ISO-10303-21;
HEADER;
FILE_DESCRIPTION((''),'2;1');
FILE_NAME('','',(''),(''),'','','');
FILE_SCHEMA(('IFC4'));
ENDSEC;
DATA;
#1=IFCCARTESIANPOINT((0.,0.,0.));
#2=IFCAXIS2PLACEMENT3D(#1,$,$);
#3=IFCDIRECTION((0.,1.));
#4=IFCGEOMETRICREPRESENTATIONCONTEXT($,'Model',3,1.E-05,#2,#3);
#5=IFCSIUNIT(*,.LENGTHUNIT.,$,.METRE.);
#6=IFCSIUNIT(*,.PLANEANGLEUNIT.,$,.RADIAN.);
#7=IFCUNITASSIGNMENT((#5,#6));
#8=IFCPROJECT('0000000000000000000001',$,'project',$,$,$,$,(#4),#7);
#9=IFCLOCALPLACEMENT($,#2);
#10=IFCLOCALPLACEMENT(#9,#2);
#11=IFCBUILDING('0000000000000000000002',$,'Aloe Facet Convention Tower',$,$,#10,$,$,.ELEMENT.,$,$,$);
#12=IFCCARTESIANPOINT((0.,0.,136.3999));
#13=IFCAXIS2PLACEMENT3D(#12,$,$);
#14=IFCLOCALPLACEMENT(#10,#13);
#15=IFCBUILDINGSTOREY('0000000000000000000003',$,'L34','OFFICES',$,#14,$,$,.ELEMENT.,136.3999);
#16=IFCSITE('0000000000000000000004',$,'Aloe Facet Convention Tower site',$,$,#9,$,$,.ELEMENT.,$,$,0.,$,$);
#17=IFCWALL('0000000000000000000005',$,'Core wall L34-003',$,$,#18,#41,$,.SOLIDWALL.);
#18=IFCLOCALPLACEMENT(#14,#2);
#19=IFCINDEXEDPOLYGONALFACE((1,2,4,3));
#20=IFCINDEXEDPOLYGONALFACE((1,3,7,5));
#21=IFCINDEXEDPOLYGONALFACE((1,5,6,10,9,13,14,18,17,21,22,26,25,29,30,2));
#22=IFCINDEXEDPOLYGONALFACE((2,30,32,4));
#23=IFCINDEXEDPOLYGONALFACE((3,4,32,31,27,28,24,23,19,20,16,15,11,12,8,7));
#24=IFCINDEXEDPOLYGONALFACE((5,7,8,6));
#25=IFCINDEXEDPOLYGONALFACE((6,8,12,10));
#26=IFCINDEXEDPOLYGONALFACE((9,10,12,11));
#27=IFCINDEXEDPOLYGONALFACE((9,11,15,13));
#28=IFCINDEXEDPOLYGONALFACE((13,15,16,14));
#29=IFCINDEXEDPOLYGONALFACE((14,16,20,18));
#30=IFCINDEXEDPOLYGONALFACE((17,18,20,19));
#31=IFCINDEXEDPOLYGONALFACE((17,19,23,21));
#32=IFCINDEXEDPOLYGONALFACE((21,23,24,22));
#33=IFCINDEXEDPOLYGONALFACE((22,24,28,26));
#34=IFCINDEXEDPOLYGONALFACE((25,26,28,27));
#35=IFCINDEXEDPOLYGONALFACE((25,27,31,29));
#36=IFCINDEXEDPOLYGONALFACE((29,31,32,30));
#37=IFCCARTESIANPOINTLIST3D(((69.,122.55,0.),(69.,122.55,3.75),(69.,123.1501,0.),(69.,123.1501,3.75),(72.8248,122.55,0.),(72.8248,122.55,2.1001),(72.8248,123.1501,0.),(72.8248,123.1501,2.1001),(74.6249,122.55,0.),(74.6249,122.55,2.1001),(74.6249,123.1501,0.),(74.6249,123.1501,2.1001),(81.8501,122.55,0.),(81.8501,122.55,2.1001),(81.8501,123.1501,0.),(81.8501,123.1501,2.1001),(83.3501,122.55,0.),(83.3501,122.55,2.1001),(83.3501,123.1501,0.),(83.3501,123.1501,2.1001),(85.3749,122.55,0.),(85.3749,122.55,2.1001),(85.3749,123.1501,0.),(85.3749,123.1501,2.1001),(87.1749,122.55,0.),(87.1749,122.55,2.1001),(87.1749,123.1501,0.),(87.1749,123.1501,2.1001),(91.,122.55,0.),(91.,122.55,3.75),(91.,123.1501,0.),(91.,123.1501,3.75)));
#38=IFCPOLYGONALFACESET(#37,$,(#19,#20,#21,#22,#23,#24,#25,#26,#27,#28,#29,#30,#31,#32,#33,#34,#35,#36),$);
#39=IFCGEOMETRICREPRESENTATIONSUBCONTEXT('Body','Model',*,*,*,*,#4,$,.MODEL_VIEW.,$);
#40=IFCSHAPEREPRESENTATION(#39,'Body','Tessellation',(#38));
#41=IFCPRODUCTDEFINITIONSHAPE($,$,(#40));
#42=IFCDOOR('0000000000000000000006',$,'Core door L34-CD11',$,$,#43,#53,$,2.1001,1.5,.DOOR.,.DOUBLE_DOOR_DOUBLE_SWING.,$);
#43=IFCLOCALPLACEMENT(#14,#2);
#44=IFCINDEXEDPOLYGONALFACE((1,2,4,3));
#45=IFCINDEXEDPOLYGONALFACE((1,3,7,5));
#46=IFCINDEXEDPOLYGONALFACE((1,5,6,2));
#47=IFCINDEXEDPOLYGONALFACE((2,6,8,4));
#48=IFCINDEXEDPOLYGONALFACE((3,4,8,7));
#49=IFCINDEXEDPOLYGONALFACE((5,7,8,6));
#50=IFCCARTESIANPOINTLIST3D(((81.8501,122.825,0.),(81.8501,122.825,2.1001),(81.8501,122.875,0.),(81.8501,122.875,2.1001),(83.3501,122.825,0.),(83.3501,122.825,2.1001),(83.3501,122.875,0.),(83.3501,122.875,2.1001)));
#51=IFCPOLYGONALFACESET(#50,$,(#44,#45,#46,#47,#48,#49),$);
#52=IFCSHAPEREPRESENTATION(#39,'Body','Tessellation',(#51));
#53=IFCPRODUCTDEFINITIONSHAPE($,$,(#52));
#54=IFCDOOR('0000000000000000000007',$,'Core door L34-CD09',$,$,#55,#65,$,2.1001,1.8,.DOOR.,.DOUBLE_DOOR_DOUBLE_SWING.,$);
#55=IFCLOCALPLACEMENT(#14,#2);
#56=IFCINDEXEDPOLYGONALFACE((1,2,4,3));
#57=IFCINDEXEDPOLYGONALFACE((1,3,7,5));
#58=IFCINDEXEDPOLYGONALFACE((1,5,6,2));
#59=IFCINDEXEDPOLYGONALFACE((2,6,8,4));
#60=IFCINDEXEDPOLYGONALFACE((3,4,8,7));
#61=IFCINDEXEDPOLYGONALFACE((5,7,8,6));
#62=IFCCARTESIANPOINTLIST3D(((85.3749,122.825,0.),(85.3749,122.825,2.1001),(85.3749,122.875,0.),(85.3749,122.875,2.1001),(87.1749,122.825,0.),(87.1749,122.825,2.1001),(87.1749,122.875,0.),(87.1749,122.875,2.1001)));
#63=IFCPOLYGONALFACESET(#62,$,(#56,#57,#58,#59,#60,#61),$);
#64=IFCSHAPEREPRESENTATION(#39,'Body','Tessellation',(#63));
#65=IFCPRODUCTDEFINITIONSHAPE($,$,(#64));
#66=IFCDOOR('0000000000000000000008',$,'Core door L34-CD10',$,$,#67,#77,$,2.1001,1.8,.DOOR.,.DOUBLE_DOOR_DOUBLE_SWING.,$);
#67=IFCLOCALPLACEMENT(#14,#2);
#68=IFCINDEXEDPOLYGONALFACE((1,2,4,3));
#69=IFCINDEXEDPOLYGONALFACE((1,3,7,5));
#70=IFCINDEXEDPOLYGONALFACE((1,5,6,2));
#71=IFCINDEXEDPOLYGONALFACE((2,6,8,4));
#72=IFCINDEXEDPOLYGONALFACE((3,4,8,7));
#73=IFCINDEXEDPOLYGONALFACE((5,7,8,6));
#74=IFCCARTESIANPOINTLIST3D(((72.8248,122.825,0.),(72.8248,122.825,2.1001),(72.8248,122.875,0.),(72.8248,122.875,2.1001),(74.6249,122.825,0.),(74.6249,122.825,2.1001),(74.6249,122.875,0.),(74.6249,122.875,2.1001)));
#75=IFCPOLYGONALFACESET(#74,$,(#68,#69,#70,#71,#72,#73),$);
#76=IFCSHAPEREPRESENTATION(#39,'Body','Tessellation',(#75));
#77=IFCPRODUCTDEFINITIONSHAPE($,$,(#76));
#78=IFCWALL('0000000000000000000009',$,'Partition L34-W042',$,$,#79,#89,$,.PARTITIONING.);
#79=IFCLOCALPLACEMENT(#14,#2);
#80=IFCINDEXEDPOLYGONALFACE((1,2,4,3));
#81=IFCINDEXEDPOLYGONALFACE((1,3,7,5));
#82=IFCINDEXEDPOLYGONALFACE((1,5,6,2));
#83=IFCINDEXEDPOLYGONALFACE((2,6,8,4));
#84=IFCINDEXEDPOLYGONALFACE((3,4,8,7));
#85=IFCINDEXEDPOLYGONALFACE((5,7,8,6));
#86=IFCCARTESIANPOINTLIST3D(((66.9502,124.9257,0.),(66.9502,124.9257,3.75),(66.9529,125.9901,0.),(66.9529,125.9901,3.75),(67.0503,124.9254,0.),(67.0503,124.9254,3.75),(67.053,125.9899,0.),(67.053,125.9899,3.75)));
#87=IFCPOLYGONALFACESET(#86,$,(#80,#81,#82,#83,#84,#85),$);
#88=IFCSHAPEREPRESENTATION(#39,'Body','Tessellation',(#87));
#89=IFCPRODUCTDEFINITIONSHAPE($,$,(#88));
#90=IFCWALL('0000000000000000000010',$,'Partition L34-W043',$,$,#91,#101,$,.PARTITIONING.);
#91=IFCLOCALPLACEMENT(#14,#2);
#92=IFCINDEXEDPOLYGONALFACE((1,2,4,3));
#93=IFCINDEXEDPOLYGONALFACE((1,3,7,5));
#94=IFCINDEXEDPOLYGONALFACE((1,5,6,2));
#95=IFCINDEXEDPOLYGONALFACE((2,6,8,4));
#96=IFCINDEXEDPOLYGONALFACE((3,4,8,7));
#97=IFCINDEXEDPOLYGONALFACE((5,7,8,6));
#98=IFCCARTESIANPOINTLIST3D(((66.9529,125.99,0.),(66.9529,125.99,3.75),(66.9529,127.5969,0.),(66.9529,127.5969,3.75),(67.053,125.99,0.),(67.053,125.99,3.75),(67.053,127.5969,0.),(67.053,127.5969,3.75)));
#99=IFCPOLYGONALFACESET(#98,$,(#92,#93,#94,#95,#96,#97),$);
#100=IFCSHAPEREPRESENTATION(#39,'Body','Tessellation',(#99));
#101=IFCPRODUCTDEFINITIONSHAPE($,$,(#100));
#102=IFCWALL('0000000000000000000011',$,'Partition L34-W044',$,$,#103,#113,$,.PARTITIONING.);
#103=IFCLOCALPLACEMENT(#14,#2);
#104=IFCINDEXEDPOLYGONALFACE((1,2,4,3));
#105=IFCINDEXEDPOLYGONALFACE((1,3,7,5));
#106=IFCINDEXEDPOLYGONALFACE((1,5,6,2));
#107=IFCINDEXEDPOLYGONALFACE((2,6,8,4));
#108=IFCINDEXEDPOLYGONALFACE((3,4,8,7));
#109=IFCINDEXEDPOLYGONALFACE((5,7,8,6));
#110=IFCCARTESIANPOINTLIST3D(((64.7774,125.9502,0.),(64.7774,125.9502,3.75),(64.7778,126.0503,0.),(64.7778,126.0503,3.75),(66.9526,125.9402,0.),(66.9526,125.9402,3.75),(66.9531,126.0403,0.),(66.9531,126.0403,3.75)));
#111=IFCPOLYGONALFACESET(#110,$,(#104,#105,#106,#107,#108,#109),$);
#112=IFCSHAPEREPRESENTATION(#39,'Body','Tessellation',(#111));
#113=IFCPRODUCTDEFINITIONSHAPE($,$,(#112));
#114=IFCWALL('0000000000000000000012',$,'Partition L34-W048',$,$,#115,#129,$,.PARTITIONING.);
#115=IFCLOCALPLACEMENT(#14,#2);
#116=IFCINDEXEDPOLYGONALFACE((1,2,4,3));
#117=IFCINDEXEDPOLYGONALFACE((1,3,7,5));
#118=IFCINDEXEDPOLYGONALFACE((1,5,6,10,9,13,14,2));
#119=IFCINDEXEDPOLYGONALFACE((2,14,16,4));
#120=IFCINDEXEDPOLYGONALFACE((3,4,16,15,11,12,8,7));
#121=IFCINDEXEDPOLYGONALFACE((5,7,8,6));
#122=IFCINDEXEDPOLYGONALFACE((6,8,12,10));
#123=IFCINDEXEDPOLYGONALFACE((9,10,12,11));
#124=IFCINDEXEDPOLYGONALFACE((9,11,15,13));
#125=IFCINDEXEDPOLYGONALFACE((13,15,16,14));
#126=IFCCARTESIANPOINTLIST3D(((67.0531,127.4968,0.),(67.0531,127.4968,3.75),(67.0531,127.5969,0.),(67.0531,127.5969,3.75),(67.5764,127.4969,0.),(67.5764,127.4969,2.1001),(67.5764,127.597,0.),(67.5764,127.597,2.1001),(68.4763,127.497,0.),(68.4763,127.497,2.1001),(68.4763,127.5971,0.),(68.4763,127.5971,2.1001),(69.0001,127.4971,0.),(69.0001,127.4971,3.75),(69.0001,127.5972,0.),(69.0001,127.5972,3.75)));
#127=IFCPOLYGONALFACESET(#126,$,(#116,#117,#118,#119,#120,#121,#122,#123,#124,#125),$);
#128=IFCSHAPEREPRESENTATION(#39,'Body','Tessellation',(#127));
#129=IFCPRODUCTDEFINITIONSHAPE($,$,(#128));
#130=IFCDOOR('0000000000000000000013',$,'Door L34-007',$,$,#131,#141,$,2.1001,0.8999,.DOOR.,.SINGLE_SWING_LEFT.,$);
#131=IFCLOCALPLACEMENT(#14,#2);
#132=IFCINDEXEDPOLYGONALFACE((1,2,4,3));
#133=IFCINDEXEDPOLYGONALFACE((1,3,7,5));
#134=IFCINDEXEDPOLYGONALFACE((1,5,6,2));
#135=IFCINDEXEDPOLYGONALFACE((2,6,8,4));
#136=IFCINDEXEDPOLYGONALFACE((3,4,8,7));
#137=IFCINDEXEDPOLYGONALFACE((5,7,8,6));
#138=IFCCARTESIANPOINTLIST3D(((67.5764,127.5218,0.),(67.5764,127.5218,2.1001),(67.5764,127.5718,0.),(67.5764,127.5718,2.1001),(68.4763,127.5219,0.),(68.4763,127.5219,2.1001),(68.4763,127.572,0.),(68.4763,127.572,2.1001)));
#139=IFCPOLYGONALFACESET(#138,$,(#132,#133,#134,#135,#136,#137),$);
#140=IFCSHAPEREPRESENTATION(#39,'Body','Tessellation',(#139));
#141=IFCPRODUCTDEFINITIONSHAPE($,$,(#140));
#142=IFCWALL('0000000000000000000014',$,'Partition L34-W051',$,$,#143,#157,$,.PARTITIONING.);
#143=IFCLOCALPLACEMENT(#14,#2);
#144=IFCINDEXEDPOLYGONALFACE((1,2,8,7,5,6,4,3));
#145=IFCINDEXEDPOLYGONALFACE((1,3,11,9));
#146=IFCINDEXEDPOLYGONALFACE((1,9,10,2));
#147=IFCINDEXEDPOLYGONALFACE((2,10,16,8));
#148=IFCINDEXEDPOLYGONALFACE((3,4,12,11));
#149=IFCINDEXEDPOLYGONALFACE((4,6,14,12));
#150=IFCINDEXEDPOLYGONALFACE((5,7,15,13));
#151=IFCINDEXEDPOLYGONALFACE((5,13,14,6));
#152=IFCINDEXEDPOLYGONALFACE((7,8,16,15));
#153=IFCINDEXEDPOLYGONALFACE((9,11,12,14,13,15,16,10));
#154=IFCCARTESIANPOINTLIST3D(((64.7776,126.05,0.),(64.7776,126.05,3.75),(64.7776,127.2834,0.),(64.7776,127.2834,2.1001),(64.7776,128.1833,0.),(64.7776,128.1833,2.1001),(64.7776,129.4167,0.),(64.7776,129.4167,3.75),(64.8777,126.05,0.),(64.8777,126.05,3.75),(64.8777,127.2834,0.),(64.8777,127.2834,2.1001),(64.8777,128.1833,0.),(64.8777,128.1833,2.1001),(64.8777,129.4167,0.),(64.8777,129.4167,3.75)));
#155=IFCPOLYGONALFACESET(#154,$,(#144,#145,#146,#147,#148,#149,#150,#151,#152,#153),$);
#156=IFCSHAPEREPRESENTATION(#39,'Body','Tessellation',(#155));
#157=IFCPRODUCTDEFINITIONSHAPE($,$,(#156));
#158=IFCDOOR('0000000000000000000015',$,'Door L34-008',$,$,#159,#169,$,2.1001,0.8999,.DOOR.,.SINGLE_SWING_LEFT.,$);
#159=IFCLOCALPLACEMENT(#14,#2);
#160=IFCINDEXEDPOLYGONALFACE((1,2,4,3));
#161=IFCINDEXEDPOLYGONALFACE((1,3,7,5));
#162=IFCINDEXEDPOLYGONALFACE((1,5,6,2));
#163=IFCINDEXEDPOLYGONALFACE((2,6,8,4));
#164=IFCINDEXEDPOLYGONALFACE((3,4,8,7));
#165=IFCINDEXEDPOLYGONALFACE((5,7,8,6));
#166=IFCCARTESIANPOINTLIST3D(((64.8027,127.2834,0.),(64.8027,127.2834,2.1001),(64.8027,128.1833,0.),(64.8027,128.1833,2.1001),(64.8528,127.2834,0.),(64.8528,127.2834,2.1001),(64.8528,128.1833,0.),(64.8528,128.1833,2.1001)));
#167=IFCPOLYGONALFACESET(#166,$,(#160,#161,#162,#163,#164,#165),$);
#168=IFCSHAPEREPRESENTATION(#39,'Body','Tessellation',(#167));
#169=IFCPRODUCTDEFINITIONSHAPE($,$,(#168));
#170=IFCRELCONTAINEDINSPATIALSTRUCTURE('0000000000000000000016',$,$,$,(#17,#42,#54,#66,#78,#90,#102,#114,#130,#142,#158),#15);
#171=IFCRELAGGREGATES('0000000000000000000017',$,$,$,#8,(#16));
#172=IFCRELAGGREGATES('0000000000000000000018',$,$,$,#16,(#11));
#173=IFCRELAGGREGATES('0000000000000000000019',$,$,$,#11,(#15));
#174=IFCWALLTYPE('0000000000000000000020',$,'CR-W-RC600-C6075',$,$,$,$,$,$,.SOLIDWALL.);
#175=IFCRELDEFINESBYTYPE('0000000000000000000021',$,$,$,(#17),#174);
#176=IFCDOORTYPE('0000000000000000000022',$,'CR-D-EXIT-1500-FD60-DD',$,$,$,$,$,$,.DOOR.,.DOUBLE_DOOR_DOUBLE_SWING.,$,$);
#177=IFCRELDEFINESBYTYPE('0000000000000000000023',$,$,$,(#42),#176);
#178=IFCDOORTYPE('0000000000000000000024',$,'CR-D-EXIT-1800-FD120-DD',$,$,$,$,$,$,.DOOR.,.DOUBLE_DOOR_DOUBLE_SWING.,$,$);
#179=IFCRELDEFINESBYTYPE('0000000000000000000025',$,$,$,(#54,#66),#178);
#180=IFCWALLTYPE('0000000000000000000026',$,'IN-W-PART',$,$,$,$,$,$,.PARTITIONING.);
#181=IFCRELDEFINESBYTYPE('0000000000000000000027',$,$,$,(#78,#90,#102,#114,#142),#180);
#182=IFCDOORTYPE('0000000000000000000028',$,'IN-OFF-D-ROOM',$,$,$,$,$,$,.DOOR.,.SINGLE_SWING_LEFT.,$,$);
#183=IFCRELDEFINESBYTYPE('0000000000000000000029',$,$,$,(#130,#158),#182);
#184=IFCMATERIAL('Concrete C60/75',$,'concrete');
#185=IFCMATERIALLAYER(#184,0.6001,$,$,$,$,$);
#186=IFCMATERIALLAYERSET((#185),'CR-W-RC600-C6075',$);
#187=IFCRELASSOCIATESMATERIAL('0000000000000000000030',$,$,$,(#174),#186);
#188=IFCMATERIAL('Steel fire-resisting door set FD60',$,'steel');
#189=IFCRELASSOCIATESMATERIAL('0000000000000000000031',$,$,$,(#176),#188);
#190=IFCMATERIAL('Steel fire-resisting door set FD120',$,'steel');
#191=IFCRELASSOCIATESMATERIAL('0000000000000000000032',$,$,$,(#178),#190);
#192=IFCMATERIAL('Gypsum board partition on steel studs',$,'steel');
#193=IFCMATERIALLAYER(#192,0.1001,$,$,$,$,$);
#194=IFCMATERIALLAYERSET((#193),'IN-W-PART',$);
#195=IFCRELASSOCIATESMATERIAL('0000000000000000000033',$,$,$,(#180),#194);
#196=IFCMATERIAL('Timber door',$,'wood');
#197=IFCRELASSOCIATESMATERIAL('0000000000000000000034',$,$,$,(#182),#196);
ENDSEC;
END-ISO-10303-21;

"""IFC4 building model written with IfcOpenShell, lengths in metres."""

from ifc_helpers import new_model, si_unit, direction, frame, frame_2d, origin, place, context, subcontext, project, spatial, rectangle, extrude, material, layer, layer_set, type_object, element, fill, save


model = new_model("IFC4")

# Units and contexts
model_context = context("Model", 3, precision=1e-05, world=origin(), true_north=direction((0.0, 1.0)))
body_context = subcontext(model_context, "Body", "Model", "MODEL_VIEW")
ifc_project = project(units=[si_unit("LENGTHUNIT", "METRE"), si_unit("PLANEANGLEUNIT", "RADIAN")], contexts=[model_context])

# Site, building, storey
site_placement = place(None, origin())
site = spatial("IfcSite", under=ifc_project, at=site_placement, Name="Aloe Facet Convention Tower site", CompositionType="ELEMENT", RefElevation=0.0)
building_placement = place(site_placement, origin())
building = spatial("IfcBuilding", under=site, at=building_placement, Name="Aloe Facet Convention Tower", CompositionType="ELEMENT")
storey_placement = place(building_placement, frame((0.0, 0.0, 136.3999)))
storey = spatial("IfcBuildingStorey", under=building, at=storey_placement, Name="L34", Description="OFFICES", CompositionType="ELEMENT", Elevation=136.3999)

# Wall, openings, doors
ifc_material_1 = material(Name="Concrete C60/75", Category="concrete")
ifc_layer_1 = layer(ifc_material_1, 0.6001)
ifc_layer_set_1 = layer_set([ifc_layer_1], Name="CR-W-RC600-C6075")
wall_type_1 = type_object("IfcWallType", Name="CR-W-RC600-C6075", PredefinedType="SOLIDWALL", material=ifc_layer_set_1)
wall_1_placement = place(storey_placement, frame((69.0, 122.8501, 0.0), z_axis=(0.0, 0.0, 1.0), x_axis=(1.0, 0.0, 0.0)))
wall_1 = element("IfcWall", 1, at=wall_1_placement, inside=storey, type_object=wall_type_1, Name="Core wall L34-003", PredefinedType="SOLIDWALL", context=body_context, shape_type="SweptSolid", body=[
    extrude(rectangle(XDim=22.0, YDim=0.6001, at=frame_2d((11.0, 0.0))), origin(), (0.0, 0.0, 1.0), 3.75),
])
opening_1_placement = place(wall_1_placement, frame((16.375, 0.0, 0.0)))
opening_1 = element("IfcOpeningElement", 2, at=opening_1_placement, cuts=wall_1, PredefinedType="OPENING", context=body_context, shape_type="SweptSolid", body=[
    extrude(rectangle(XDim=1.8, YDim=2.1001, at=frame_2d((0.8999, 1.05))), frame((0.0, 0.3101, 0.0), z_axis=(0.0, -1.0, 0.0), x_axis=(1.0, 0.0, 0.0)), (0.0, 0.0, 1.0), 0.6201),
])
opening_2_placement = place(wall_1_placement, frame((3.825, 0.0, 0.0)))
opening_2 = element("IfcOpeningElement", 3, at=opening_2_placement, cuts=wall_1, PredefinedType="OPENING", context=body_context, shape_type="SweptSolid", body=[
    extrude(rectangle(XDim=1.8, YDim=2.1001, at=frame_2d((0.8999, 1.05))), frame((0.0, 0.3101, 0.0), z_axis=(0.0, -1.0, 0.0), x_axis=(1.0, 0.0, 0.0)), (0.0, 0.0, 1.0), 0.6201),
])
opening_3_placement = place(wall_1_placement, frame((12.8501, 0.0, 0.0)))
opening_3 = element("IfcOpeningElement", 4, at=opening_3_placement, cuts=wall_1, PredefinedType="OPENING", context=body_context, shape_type="SweptSolid", body=[
    extrude(rectangle(XDim=1.5, YDim=2.1001, at=frame_2d((0.75, 1.05))), frame((0.0, 0.3101, 0.0), z_axis=(0.0, -1.0, 0.0), x_axis=(1.0, 0.0, 0.0)), (0.0, 0.0, 1.0), 0.6201),
])
ifc_material_2 = material(Name="Steel fire-resisting door set FD60", Category="steel")
door_type_1 = type_object("IfcDoorType", Name="CR-D-EXIT-1500-FD60-DD", OperationType="DOUBLE_DOOR_DOUBLE_SWING", PredefinedType="DOOR", material=ifc_material_2)
door_1_placement = place(opening_3_placement, origin())
door_1 = element("IfcDoor", 5, at=door_1_placement, inside=storey, type_object=door_type_1, Name="Core door L34-CD11", OperationType="DOUBLE_DOOR_DOUBLE_SWING", OverallHeight=2.1001, OverallWidth=1.5, PredefinedType="DOOR", context=body_context, shape_type="SweptSolid", body=[
    extrude(rectangle(XDim=1.5, YDim=2.1001, at=frame_2d((0.75, 1.05))), frame((0.0, 0.0249, 0.0), z_axis=(0.0, -1.0, 0.0), x_axis=(1.0, 0.0, 0.0)), (0.0, 0.0, 1.0), 0.05),
])
fill(opening_3, door_1)
ifc_material_3 = material(Name="Steel fire-resisting door set FD120", Category="steel")
door_type_2 = type_object("IfcDoorType", Name="CR-D-EXIT-1800-FD120-DD", OperationType="DOUBLE_DOOR_DOUBLE_SWING", PredefinedType="DOOR", material=ifc_material_3)
door_2_placement = place(opening_1_placement, origin())
door_2 = element("IfcDoor", 6, at=door_2_placement, inside=storey, type_object=door_type_2, Name="Core door L34-CD09", OperationType="DOUBLE_DOOR_DOUBLE_SWING", OverallHeight=2.1001, OverallWidth=1.8, PredefinedType="DOOR", context=body_context, shape_type="SweptSolid", body=[
    extrude(rectangle(XDim=1.8, YDim=2.1001, at=frame_2d((0.8999, 1.05))), frame((0.0, 0.0249, 0.0), z_axis=(0.0, -1.0, 0.0), x_axis=(1.0, 0.0, 0.0)), (0.0, 0.0, 1.0), 0.05),
])
fill(opening_1, door_2)
door_3_placement = place(opening_2_placement, origin())
door_3 = element("IfcDoor", 7, at=door_3_placement, inside=storey, type_object=door_type_2, Name="Core door L34-CD10", OperationType="DOUBLE_DOOR_DOUBLE_SWING", OverallHeight=2.1001, OverallWidth=1.8, PredefinedType="DOOR", context=body_context, shape_type="SweptSolid", body=[
    extrude(rectangle(XDim=1.8, YDim=2.1001, at=frame_2d((0.8999, 1.05))), frame((0.0, 0.0249, 0.0), z_axis=(0.0, -1.0, 0.0), x_axis=(1.0, 0.0, 0.0)), (0.0, 0.0, 1.0), 0.05),
])
fill(opening_2, door_3)

# Walls
ifc_material_4 = material(Name="Gypsum board partition on steel studs", Category="steel")
ifc_layer_2 = layer(ifc_material_4, 0.1001)
ifc_layer_set_2 = layer_set([ifc_layer_2], Name="IN-W-PART")
wall_type_2 = type_object("IfcWallType", Name="IN-W-PART", PredefinedType="PARTITIONING", material=ifc_layer_set_2)
wall_2_placement = place(storey_placement, frame((67.0002, 124.9255, 0.0), z_axis=(0.0, 0.0, 1.0), x_axis=(0.002523, 0.999997, 0.0)))
element("IfcWall", 8, at=wall_2_placement, inside=storey, type_object=wall_type_2, Name="Partition L34-W042", PredefinedType="PARTITIONING", context=body_context, shape_type="SweptSolid", body=[
    extrude(rectangle(XDim=1.0645, YDim=0.1001, at=frame_2d((0.5322, 0.0))), origin(), (0.0, 0.0, 1.0), 3.75),
])
wall_3_placement = place(storey_placement, frame((67.0029, 125.99, 0.0), z_axis=(0.0, 0.0, 1.0), x_axis=(0.0, 1.0, 0.0)))
element("IfcWall", 9, at=wall_3_placement, inside=storey, type_object=wall_type_2, Name="Partition L34-W043", PredefinedType="PARTITIONING", context=body_context, shape_type="SweptSolid", body=[
    extrude(rectangle(XDim=1.6069, YDim=0.1001, at=frame_2d((0.8035, 0.0))), origin(), (0.0, 0.0, 1.0), 3.75),
])
wall_4_placement = place(storey_placement, frame((64.7776, 126.0002, 0.0), z_axis=(0.0, 0.0, 1.0), x_axis=(0.999989, -0.004602, 0.0)))
element("IfcWall", 10, at=wall_4_placement, inside=storey, type_object=wall_type_2, Name="Partition L34-W044", PredefinedType="PARTITIONING", context=body_context, shape_type="SweptSolid", body=[
    extrude(rectangle(XDim=2.1753, YDim=0.1001, at=frame_2d((1.0876, 0.0))), origin(), (0.0, 0.0, 1.0), 3.75),
])

# Walls, openings, doors
wall_5_placement = place(storey_placement, frame((67.053, 127.5469, 0.0), z_axis=(0.0, 0.0, 1.0), x_axis=(1.0, 0.000125, 0.0)))
wall_5 = element("IfcWall", 11, at=wall_5_placement, inside=storey, type_object=wall_type_2, Name="Partition L34-W048", PredefinedType="PARTITIONING", context=body_context, shape_type="SweptSolid", body=[
    extrude(rectangle(XDim=1.947, YDim=0.1001, at=frame_2d((0.9736, 0.0))), origin(), (0.0, 0.0, 1.0), 3.75),
])
opening_4_placement = place(wall_5_placement, frame((0.5234, 0.0, 0.0)))
opening_4 = element("IfcOpeningElement", 12, at=opening_4_placement, cuts=wall_5, PredefinedType="OPENING", context=body_context, shape_type="SweptSolid", body=[
    extrude(rectangle(XDim=0.8999, YDim=2.1001, at=frame_2d((0.45, 1.05))), frame((0.0, 0.0601, 0.0), z_axis=(0.0, -1.0, 0.0), x_axis=(1.0, 0.0, 0.0)), (0.0, 0.0, 1.0), 0.1201),
])
ifc_material_5 = material(Name="Timber door", Category="wood")
door_type_3 = type_object("IfcDoorType", Name="IN-OFF-D-ROOM", OperationType="SINGLE_SWING_LEFT", PredefinedType="DOOR", material=ifc_material_5)
door_4_placement = place(opening_4_placement, origin())
door_4 = element("IfcDoor", 13, at=door_4_placement, inside=storey, type_object=door_type_3, Name="Door L34-007", OperationType="SINGLE_SWING_LEFT", OverallHeight=2.1001, OverallWidth=0.8999, PredefinedType="DOOR", context=body_context, shape_type="SweptSolid", body=[
    extrude(rectangle(XDim=0.8999, YDim=2.1001, at=frame_2d((0.45, 1.05))), frame((0.0, 0.0249, 0.0), z_axis=(0.0, -1.0, 0.0), x_axis=(1.0, 0.0, 0.0)), (0.0, 0.0, 1.0), 0.05),
])
fill(opening_4, door_4)
wall_6_placement = place(storey_placement, frame((64.8276, 126.05, 0.0), z_axis=(0.0, 0.0, 1.0), x_axis=(0.0, 1.0, 0.0)))
wall_6 = element("IfcWall", 14, at=wall_6_placement, inside=storey, type_object=wall_type_2, Name="Partition L34-W051", PredefinedType="PARTITIONING", context=body_context, shape_type="SweptSolid", body=[
    extrude(rectangle(XDim=3.3667, YDim=0.1001, at=frame_2d((1.6833, 0.0))), origin(), (0.0, 0.0, 1.0), 3.75),
])
opening_5_placement = place(wall_6_placement, frame((1.2334, 0.0, 0.0)))
opening_5 = element("IfcOpeningElement", 15, at=opening_5_placement, cuts=wall_6, PredefinedType="OPENING", context=body_context, shape_type="SweptSolid", body=[
    extrude(rectangle(XDim=0.8999, YDim=2.1001, at=frame_2d((0.45, 1.05))), frame((0.0, 0.0601, 0.0), z_axis=(0.0, -1.0, 0.0), x_axis=(1.0, 0.0, 0.0)), (0.0, 0.0, 1.0), 0.1201),
])
door_5_placement = place(opening_5_placement, origin())
door_5 = element("IfcDoor", 16, at=door_5_placement, inside=storey, type_object=door_type_3, Name="Door L34-008", OperationType="SINGLE_SWING_LEFT", OverallHeight=2.1001, OverallWidth=0.8999, PredefinedType="DOOR", context=body_context, shape_type="SweptSolid", body=[
    extrude(rectangle(XDim=0.8999, YDim=2.1001, at=frame_2d((0.45, 1.05))), frame((0.0, 0.0249, 0.0), z_axis=(0.0, -1.0, 0.0), x_axis=(1.0, 0.0, 0.0)), (0.0, 0.0, 1.0), 0.05),
])
fill(opening_5, door_5)

save(model, "model.ifc")
